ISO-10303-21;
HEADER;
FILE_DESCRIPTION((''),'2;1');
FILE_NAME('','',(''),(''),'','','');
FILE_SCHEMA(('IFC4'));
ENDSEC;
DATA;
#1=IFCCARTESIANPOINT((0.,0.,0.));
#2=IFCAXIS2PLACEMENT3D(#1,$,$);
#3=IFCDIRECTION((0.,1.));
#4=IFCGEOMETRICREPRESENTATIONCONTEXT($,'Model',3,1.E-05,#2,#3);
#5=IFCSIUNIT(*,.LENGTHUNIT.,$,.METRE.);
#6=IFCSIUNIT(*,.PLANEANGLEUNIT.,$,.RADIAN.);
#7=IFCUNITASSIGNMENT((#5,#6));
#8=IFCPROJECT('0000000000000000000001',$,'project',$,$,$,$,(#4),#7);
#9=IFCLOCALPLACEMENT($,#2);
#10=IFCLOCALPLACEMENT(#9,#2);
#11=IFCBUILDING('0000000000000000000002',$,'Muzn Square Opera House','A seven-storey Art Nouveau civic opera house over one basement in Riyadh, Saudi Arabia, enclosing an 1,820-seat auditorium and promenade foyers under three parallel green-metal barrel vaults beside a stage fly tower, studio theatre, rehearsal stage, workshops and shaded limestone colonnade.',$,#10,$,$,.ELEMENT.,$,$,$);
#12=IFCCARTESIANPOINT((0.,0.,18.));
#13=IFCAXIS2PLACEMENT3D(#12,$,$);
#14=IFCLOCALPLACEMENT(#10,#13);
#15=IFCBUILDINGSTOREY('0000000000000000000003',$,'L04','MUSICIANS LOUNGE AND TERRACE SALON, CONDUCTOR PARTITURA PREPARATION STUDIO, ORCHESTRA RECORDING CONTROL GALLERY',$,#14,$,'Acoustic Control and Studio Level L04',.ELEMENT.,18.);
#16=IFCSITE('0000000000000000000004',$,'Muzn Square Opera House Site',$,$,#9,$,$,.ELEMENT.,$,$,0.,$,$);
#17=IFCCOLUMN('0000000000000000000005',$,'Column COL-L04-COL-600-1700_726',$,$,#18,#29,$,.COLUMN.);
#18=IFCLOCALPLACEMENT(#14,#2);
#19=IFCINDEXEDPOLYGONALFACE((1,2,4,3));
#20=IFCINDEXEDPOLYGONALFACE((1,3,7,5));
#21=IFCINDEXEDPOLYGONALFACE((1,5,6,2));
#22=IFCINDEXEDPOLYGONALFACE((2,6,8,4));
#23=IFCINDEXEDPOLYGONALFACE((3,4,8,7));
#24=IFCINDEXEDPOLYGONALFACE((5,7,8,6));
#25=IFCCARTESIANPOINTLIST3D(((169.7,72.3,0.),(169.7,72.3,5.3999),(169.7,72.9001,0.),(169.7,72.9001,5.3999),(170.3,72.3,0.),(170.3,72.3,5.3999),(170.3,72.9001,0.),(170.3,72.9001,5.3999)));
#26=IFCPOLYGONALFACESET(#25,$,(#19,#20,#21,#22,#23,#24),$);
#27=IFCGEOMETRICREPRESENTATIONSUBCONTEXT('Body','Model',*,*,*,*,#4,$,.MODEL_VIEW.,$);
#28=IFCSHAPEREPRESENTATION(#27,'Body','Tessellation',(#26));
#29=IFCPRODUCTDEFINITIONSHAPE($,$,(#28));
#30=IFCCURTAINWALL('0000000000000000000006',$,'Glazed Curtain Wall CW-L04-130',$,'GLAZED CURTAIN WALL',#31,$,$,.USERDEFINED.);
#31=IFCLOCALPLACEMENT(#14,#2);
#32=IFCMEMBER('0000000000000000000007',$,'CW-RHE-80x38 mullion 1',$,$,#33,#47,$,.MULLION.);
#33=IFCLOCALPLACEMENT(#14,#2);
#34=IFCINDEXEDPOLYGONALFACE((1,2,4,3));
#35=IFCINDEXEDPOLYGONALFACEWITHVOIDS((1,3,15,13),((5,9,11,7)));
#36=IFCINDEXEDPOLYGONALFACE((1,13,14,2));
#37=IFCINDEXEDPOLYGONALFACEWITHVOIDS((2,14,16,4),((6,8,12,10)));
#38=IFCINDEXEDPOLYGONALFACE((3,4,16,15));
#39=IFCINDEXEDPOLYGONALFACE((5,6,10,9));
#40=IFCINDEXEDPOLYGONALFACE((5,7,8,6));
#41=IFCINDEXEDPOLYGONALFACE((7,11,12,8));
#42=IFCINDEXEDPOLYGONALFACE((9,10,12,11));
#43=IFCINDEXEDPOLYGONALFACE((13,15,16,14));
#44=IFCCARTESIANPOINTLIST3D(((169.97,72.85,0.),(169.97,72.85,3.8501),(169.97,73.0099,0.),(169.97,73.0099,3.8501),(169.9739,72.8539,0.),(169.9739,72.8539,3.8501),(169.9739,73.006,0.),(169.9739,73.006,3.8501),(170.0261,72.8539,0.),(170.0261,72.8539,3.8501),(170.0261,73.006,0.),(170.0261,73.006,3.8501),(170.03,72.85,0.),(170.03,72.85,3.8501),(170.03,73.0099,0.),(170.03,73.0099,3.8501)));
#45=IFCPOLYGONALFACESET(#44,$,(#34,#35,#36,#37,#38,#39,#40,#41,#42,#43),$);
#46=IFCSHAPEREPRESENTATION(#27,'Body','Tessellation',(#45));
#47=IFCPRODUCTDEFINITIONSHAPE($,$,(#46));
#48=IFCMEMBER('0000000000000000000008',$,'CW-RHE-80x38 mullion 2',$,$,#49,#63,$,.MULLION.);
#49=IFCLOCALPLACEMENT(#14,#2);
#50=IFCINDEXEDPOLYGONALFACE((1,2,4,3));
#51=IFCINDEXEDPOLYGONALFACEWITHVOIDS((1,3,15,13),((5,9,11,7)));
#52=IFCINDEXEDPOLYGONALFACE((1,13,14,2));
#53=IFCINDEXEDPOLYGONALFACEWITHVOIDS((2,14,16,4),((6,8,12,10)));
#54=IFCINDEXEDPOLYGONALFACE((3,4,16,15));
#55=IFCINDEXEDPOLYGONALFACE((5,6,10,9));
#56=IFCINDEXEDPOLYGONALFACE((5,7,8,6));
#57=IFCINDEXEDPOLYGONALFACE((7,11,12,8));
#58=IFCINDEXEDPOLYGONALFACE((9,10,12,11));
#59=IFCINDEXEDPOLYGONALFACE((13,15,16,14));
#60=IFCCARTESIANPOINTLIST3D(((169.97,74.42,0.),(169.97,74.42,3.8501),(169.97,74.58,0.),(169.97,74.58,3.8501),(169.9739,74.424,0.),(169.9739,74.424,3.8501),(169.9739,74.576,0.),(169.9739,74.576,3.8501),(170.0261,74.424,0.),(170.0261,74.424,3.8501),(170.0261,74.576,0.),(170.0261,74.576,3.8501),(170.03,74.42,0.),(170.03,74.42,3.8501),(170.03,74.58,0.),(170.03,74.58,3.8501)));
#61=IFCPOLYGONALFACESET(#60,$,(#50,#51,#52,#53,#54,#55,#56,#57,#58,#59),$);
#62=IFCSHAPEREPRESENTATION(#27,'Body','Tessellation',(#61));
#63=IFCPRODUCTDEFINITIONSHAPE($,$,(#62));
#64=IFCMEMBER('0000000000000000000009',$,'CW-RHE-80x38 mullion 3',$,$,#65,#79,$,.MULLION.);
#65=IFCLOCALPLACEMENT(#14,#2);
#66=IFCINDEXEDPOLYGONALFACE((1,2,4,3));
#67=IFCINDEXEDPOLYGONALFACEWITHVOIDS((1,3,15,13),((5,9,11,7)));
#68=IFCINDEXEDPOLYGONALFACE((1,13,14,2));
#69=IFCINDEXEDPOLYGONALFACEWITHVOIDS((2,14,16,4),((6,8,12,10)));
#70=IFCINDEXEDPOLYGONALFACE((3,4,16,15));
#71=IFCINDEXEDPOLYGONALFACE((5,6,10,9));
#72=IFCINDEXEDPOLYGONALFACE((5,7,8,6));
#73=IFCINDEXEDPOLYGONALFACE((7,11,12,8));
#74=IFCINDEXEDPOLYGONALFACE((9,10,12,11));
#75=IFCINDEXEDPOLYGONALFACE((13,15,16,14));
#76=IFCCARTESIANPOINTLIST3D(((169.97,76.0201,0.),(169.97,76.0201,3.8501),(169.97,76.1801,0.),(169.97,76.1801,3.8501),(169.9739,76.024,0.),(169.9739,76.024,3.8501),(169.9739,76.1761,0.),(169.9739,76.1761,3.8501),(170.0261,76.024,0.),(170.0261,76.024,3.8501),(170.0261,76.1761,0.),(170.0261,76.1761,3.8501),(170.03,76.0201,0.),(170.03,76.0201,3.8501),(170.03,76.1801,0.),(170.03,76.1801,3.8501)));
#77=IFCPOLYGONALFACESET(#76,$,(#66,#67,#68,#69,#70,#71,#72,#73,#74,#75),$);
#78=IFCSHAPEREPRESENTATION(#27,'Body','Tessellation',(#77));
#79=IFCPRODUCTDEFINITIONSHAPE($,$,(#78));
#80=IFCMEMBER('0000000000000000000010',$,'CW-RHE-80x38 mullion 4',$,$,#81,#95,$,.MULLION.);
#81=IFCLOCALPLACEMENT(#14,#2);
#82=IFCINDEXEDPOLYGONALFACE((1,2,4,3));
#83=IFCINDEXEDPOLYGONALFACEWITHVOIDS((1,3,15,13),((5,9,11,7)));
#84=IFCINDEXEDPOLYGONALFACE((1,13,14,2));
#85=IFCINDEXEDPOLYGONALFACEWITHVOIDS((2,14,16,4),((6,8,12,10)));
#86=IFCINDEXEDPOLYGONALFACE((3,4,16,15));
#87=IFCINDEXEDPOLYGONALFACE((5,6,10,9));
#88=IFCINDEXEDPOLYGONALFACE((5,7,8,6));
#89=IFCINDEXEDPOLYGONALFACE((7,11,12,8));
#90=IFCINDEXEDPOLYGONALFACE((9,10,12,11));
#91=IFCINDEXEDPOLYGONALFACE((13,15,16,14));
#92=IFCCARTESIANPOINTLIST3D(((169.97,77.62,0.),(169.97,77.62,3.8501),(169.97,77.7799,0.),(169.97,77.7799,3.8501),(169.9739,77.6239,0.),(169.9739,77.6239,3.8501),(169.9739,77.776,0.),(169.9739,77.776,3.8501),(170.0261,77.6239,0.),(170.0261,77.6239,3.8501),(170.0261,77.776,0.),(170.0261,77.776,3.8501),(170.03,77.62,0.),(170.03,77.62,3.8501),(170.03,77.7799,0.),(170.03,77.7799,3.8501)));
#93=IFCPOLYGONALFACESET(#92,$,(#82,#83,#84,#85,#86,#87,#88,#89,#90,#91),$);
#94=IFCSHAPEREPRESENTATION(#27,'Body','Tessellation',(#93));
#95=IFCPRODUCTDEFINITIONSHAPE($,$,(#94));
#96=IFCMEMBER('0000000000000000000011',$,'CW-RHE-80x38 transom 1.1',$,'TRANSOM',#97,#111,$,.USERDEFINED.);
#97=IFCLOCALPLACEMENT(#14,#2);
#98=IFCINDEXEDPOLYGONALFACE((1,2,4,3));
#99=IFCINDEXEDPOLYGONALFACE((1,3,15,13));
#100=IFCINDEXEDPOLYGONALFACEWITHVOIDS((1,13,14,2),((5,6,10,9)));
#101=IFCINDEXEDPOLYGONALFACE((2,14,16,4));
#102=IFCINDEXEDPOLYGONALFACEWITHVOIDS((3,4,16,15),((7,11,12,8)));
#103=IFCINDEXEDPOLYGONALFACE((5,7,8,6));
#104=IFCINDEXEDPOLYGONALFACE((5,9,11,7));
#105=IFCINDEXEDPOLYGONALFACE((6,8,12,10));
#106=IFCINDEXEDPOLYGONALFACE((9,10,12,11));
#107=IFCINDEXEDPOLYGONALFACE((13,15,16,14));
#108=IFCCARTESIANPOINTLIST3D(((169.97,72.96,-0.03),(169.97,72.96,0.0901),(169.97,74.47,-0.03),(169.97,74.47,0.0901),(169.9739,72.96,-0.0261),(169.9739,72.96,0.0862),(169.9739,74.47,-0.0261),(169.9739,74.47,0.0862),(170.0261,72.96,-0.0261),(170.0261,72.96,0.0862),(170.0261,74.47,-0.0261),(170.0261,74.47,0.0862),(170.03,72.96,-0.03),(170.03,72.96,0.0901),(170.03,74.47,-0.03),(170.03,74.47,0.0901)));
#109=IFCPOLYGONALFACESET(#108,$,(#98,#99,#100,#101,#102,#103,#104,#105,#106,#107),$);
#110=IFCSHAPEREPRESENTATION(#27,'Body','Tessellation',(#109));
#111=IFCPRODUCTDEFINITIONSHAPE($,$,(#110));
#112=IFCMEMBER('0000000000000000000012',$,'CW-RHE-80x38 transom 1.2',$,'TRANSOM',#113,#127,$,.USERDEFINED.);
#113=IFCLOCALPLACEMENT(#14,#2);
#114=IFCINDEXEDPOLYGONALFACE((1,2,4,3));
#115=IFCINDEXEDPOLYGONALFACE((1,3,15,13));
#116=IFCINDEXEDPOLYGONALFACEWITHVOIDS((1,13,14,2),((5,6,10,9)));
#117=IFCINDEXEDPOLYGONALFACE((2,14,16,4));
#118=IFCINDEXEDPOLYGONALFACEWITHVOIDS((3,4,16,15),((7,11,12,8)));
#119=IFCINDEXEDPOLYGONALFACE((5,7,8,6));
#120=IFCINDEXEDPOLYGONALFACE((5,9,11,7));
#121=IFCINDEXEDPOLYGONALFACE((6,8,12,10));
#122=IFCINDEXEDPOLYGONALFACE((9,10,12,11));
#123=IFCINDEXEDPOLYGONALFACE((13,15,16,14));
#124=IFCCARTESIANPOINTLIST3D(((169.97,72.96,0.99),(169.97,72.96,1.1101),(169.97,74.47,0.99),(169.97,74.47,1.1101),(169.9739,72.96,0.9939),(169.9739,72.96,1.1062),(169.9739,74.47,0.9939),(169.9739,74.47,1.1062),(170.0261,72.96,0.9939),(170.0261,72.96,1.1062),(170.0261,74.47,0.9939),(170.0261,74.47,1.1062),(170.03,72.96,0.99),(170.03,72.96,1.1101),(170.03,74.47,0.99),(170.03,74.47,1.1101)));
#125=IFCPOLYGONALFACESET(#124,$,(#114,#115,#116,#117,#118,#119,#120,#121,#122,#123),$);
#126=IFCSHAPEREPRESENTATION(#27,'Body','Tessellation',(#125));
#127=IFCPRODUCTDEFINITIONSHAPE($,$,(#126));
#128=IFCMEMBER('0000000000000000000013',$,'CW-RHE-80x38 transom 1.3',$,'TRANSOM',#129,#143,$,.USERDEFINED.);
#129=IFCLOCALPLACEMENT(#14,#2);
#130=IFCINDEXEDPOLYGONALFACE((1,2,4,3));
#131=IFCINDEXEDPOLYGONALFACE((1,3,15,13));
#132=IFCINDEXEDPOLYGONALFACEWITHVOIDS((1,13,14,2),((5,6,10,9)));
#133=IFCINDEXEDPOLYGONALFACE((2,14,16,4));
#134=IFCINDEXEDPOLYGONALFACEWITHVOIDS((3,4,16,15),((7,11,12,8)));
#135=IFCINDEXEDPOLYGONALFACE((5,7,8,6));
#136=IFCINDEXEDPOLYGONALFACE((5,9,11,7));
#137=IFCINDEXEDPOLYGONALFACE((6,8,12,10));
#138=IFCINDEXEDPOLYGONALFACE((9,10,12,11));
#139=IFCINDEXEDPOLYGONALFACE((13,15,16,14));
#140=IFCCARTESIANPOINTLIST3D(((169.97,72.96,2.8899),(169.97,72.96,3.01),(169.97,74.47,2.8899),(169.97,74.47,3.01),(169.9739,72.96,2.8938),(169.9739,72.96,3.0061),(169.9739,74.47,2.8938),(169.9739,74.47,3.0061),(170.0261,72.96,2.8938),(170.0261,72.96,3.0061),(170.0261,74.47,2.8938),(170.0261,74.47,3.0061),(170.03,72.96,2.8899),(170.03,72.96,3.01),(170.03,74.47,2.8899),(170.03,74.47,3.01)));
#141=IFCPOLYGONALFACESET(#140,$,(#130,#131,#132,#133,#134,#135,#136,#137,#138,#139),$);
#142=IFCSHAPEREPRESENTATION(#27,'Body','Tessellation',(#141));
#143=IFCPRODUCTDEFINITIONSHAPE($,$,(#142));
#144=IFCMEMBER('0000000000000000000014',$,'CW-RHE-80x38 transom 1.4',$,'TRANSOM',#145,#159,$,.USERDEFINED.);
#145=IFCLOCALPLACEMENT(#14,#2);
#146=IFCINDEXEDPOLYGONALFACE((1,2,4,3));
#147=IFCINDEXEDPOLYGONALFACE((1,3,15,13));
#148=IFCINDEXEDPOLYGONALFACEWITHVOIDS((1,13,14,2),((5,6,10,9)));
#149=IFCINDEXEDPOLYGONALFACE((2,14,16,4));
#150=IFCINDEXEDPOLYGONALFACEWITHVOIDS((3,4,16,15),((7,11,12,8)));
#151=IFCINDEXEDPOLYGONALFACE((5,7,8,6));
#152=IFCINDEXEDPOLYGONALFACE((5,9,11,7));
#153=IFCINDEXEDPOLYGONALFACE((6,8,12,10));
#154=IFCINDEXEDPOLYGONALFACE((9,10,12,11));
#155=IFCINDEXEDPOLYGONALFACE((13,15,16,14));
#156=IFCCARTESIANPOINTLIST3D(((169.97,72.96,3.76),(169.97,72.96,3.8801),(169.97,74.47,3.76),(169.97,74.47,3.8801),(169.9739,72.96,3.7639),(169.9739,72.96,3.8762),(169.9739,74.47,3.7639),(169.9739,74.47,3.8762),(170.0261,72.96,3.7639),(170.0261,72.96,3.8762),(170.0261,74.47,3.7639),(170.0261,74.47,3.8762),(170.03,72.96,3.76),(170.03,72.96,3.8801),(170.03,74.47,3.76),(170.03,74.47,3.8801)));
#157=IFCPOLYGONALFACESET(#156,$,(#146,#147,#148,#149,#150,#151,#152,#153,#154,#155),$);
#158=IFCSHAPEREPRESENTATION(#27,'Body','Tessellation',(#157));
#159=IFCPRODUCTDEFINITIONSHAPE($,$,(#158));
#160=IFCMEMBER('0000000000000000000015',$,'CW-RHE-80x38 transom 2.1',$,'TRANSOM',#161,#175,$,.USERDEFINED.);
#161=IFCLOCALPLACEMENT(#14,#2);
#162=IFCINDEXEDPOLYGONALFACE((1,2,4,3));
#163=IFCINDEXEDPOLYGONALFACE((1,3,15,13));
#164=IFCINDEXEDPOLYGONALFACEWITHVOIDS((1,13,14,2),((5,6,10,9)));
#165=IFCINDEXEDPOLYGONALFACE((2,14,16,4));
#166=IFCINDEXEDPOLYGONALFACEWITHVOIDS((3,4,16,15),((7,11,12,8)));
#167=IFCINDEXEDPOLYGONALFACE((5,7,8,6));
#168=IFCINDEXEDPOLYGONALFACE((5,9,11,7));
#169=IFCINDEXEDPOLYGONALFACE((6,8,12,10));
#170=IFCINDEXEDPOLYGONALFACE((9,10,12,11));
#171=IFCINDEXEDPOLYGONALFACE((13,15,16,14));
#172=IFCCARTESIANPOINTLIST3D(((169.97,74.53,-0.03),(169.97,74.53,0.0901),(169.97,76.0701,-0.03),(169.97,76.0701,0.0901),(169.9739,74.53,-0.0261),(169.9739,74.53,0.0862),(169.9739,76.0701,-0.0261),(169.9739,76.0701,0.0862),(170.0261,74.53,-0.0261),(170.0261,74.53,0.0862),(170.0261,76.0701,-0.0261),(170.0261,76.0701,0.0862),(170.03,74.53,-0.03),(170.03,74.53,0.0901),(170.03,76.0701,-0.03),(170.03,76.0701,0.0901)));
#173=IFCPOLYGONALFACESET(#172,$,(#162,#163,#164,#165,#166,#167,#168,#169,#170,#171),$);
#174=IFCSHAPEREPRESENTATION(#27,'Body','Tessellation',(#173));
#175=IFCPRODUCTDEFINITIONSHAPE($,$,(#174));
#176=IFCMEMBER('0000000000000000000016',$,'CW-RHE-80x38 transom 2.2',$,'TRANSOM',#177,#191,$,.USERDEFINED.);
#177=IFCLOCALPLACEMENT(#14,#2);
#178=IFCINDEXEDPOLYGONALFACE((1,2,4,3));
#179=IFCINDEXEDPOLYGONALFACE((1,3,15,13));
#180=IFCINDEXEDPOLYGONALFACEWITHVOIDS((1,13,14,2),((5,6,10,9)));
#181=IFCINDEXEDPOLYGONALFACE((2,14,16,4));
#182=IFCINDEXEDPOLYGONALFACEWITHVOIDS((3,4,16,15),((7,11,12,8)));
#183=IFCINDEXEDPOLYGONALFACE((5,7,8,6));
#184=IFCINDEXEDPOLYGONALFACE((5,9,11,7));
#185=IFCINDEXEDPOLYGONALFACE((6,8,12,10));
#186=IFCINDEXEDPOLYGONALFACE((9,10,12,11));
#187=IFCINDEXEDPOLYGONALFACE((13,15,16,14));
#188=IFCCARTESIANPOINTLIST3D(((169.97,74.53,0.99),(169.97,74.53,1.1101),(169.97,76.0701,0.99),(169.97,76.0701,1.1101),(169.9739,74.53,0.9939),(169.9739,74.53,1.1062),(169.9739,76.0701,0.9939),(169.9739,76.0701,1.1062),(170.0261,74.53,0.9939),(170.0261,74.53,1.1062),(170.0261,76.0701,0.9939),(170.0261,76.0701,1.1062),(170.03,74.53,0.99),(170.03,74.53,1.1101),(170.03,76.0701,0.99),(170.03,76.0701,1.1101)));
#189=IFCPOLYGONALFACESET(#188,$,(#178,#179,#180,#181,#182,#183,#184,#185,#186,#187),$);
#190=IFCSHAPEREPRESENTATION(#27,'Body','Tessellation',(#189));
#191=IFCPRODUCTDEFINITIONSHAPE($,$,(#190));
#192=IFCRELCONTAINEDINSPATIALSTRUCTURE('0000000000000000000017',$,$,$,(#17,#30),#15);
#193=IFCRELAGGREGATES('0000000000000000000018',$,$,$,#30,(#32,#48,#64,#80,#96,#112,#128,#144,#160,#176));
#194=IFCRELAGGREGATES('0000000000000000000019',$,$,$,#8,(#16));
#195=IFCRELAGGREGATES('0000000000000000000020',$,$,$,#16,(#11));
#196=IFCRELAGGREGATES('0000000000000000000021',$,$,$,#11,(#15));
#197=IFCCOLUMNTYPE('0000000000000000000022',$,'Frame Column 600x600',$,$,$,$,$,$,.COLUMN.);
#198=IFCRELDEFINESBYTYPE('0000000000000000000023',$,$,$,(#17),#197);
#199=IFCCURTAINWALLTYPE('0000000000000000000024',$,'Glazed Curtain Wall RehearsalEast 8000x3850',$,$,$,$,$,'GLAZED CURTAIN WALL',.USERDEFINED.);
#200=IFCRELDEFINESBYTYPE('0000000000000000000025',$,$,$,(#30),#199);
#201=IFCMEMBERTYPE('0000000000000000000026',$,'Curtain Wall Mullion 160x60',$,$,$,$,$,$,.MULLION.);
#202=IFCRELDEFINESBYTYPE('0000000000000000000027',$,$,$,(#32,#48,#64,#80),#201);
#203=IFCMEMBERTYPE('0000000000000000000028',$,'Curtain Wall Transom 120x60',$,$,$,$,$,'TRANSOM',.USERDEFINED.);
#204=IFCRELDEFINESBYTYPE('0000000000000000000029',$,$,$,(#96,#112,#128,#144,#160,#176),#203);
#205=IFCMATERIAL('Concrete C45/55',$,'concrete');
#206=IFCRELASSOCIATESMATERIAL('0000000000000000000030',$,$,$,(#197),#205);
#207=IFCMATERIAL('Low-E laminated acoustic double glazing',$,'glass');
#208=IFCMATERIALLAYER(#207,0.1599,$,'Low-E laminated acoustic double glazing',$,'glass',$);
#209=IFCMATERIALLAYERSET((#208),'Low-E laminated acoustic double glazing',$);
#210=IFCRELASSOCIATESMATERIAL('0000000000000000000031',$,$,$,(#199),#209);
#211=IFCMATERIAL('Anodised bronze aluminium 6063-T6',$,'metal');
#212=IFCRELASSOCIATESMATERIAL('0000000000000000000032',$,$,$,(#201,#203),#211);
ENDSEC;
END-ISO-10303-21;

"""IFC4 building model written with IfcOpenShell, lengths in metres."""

from ifc_helpers import new_model, si_unit, direction, frame, origin, origin_2d, place, context, subcontext, project, spatial, rectangle, hollow_rectangle, extrude, material, layer, layer_set, material_profile, profile_set, type_object, element, aggregate, save


model = new_model("IFC4")

# Units and contexts
model_context = context("Model", 3, precision=1e-05, world=origin(), true_north=direction((0.0, 1.0)))
body_context = subcontext(model_context, "Body", "Model", "MODEL_VIEW")
ifc_project = project(units=[si_unit("LENGTHUNIT", "METRE"), si_unit("PLANEANGLEUNIT", "RADIAN")], contexts=[model_context])

# Site, building, storey
site_placement = place(None, origin())
site = spatial("IfcSite", under=ifc_project, at=site_placement, Name="Muzn Square Opera House Site", CompositionType="ELEMENT", RefElevation=0.0)
building_placement = place(site_placement, origin())
building = spatial("IfcBuilding", under=site, at=building_placement, Name="Muzn Square Opera House", Description="A seven-storey Art Nouveau civic opera house over one basement in Riyadh, Saudi Arabia, enclosing an 1,820-seat auditorium and promenade foyers under three parallel green-metal barrel vaults beside a stage fly tower, studio theatre, rehearsal stage, workshops and shaded limestone colonnade.", CompositionType="ELEMENT")
storey_placement = place(building_placement, frame((0.0, 0.0, 18.0)))
storey = spatial("IfcBuildingStorey", under=building, at=storey_placement, Name="L04", Description="MUSICIANS LOUNGE AND TERRACE SALON, CONDUCTOR PARTITURA PREPARATION STUDIO, ORCHESTRA RECORDING CONTROL GALLERY", LongName="Acoustic Control and Studio Level L04", CompositionType="ELEMENT", Elevation=18.0)

# Column
ifc_material_1 = material(Name="Concrete C45/55", Category="concrete")
ifc_material_profile_1 = material_profile(ifc_material_1, rectangle(XDim=0.6001, YDim=0.6001, at=origin_2d()), Name="RC 600x600", Category="concrete")
ifc_profile_set_1 = profile_set([ifc_material_profile_1], Name="Concrete C45/55")
column_type = type_object("IfcColumnType", Name="Frame Column 600x600", PredefinedType="COLUMN", material=ifc_profile_set_1)
column_placement = place(storey_placement, frame((170.0, 72.6001, 0.0), z_axis=(0.0, 0.0, 1.0), x_axis=(1.0, 0.0, 0.0)))
element("IfcColumn", 1, at=column_placement, inside=storey, type_object=column_type, Name="Column COL-L04-COL-600-1700_726", PredefinedType="COLUMN", context=body_context, shape_type="SweptSolid", body=[
    extrude(rectangle(XDim=0.6001, YDim=0.6001, at=origin_2d()), origin(), (0.0, 0.0, 1.0), 5.3999),
])

# Curtain wall, members
ifc_material_2 = material(Name="Low-E laminated acoustic double glazing", Category="glass")
ifc_layer_1 = layer(ifc_material_2, 0.1599, Name="Low-E laminated acoustic double glazing", Category="glass")
ifc_layer_set_1 = layer_set([ifc_layer_1], Name="Low-E laminated acoustic double glazing")
curtain_wall_type = type_object("IfcCurtainWallType", Name="Glazed Curtain Wall RehearsalEast 8000x3850", ElementType="GLAZED CURTAIN WALL", PredefinedType="USERDEFINED", material=ifc_layer_set_1)
curtain_wall_placement = place(storey_placement, origin())
curtain_wall = element("IfcCurtainWall", 2, at=curtain_wall_placement, inside=storey, type_object=curtain_wall_type, Name="Glazed Curtain Wall CW-L04-130", ObjectType="GLAZED CURTAIN WALL", PredefinedType="USERDEFINED")
ifc_material_3 = material(Name="Anodised bronze aluminium 6063-T6", Category="metal")
ifc_material_profile_2 = material_profile(ifc_material_3, hollow_rectangle(XDim=0.0601, YDim=0.1599, WallThickness=0.0039, at=origin_2d()), Name="ALU 160x60x4", Category="metal")
ifc_profile_set_2 = profile_set([ifc_material_profile_2], Name="Anodised bronze aluminium 6063-T6")
member_type_1 = type_object("IfcMemberType", Name="Curtain Wall Mullion 160x60", PredefinedType="MULLION", material=ifc_profile_set_2)
member_1_placement = place(storey_placement, frame((170.0, 72.9299, 0.0), z_axis=(0.0, 0.0, 1.0), x_axis=(-1.0, 0.0, 0.0)))
member_1 = element("IfcMember", 3, at=member_1_placement, type_object=member_type_1, Name="CW-RHE-80x38 mullion 1", PredefinedType="MULLION", context=body_context, shape_type="SweptSolid", body=[
    extrude(hollow_rectangle(XDim=0.0601, YDim=0.1599, WallThickness=0.0039, at=origin_2d()), origin(), (0.0, 0.0, 1.0), 3.8501),
])
member_2_placement = place(storey_placement, frame((170.0, 74.5, 0.0), z_axis=(0.0, 0.0, 1.0), x_axis=(-1.0, 0.0, 0.0)))
member_2 = element("IfcMember", 4, at=member_2_placement, type_object=member_type_1, Name="CW-RHE-80x38 mullion 2", PredefinedType="MULLION", context=body_context, shape_type="SweptSolid", body=[
    extrude(hollow_rectangle(XDim=0.0601, YDim=0.1599, WallThickness=0.0039, at=origin_2d()), origin(), (0.0, 0.0, 1.0), 3.8501),
])
member_3_placement = place(storey_placement, frame((170.0, 76.1001, 0.0), z_axis=(0.0, 0.0, 1.0), x_axis=(-1.0, 0.0, 0.0)))
member_3 = element("IfcMember", 5, at=member_3_placement, type_object=member_type_1, Name="CW-RHE-80x38 mullion 3", PredefinedType="MULLION", context=body_context, shape_type="SweptSolid", body=[
    extrude(hollow_rectangle(XDim=0.0601, YDim=0.1599, WallThickness=0.0039, at=origin_2d()), origin(), (0.0, 0.0, 1.0), 3.8501),
])
member_4_placement = place(storey_placement, frame((170.0, 77.7, 0.0), z_axis=(0.0, 0.0, 1.0), x_axis=(-1.0, 0.0, 0.0)))
member_4 = element("IfcMember", 6, at=member_4_placement, type_object=member_type_1, Name="CW-RHE-80x38 mullion 4", PredefinedType="MULLION", context=body_context, shape_type="SweptSolid", body=[
    extrude(hollow_rectangle(XDim=0.0601, YDim=0.1599, WallThickness=0.0039, at=origin_2d()), origin(), (0.0, 0.0, 1.0), 3.8501),
])
ifc_material_profile_3 = material_profile(ifc_material_3, hollow_rectangle(XDim=0.0601, YDim=0.1201, WallThickness=0.0039, at=origin_2d()), Name="ALU 120x60x4", Category="metal")
ifc_profile_set_3 = profile_set([ifc_material_profile_3], Name="Anodised bronze aluminium 6063-T6")
member_type_2 = type_object("IfcMemberType", Name="Curtain Wall Transom 120x60", ElementType="TRANSOM", PredefinedType="USERDEFINED", material=ifc_profile_set_3)
member_5_placement = place(storey_placement, frame((170.0, 72.96, 0.03), z_axis=(0.0, 1.0, 0.0), x_axis=(-1.0, 0.0, 0.0)))
member_5 = element("IfcMember", 7, at=member_5_placement, type_object=member_type_2, Name="CW-RHE-80x38 transom 1.1", ObjectType="TRANSOM", PredefinedType="USERDEFINED", context=body_context, shape_type="SweptSolid", body=[
    extrude(hollow_rectangle(XDim=0.0601, YDim=0.1201, WallThickness=0.0039, at=origin_2d()), origin(), (0.0, 0.0, 1.0), 1.51),
])
member_6_placement = place(storey_placement, frame((170.0, 72.96, 1.05), z_axis=(0.0, 1.0, 0.0), x_axis=(-1.0, 0.0, 0.0)))
member_6 = element("IfcMember", 8, at=member_6_placement, type_object=member_type_2, Name="CW-RHE-80x38 transom 1.2", ObjectType="TRANSOM", PredefinedType="USERDEFINED", context=body_context, shape_type="SweptSolid", body=[
    extrude(hollow_rectangle(XDim=0.0601, YDim=0.1201, WallThickness=0.0039, at=origin_2d()), origin(), (0.0, 0.0, 1.0), 1.51),
])
member_7_placement = place(storey_placement, frame((170.0, 72.96, 2.95), z_axis=(0.0, 1.0, 0.0), x_axis=(-1.0, 0.0, 0.0)))
member_7 = element("IfcMember", 9, at=member_7_placement, type_object=member_type_2, Name="CW-RHE-80x38 transom 1.3", ObjectType="TRANSOM", PredefinedType="USERDEFINED", context=body_context, shape_type="SweptSolid", body=[
    extrude(hollow_rectangle(XDim=0.0601, YDim=0.1201, WallThickness=0.0039, at=origin_2d()), origin(), (0.0, 0.0, 1.0), 1.51),
])
member_8_placement = place(storey_placement, frame((170.0, 72.96, 3.8201), z_axis=(0.0, 1.0, 0.0), x_axis=(-1.0, 0.0, 0.0)))
member_8 = element("IfcMember", 10, at=member_8_placement, type_object=member_type_2, Name="CW-RHE-80x38 transom 1.4", ObjectType="TRANSOM", PredefinedType="USERDEFINED", context=body_context, shape_type="SweptSolid", body=[
    extrude(hollow_rectangle(XDim=0.0601, YDim=0.1201, WallThickness=0.0039, at=origin_2d()), origin(), (0.0, 0.0, 1.0), 1.51),
])
member_9_placement = place(storey_placement, frame((170.0, 74.53, 0.03), z_axis=(0.0, 1.0, 0.0), x_axis=(-1.0, 0.0, 0.0)))
member_9 = element("IfcMember", 11, at=member_9_placement, type_object=member_type_2, Name="CW-RHE-80x38 transom 2.1", ObjectType="TRANSOM", PredefinedType="USERDEFINED", context=body_context, shape_type="SweptSolid", body=[
    extrude(hollow_rectangle(XDim=0.0601, YDim=0.1201, WallThickness=0.0039, at=origin_2d()), origin(), (0.0, 0.0, 1.0), 1.54),
])
member_10_placement = place(storey_placement, frame((170.0, 74.53, 1.05), z_axis=(0.0, 1.0, 0.0), x_axis=(-1.0, 0.0, 0.0)))
member_10 = element("IfcMember", 12, at=member_10_placement, type_object=member_type_2, Name="CW-RHE-80x38 transom 2.2", ObjectType="TRANSOM", PredefinedType="USERDEFINED", context=body_context, shape_type="SweptSolid", body=[
    extrude(hollow_rectangle(XDim=0.0601, YDim=0.1201, WallThickness=0.0039, at=origin_2d()), origin(), (0.0, 0.0, 1.0), 1.54),
])

aggregate(curtain_wall, [member_1, member_2, member_3, member_4, member_5, member_6, member_7, member_8, member_9, member_10])

save(model, "model.ifc")
